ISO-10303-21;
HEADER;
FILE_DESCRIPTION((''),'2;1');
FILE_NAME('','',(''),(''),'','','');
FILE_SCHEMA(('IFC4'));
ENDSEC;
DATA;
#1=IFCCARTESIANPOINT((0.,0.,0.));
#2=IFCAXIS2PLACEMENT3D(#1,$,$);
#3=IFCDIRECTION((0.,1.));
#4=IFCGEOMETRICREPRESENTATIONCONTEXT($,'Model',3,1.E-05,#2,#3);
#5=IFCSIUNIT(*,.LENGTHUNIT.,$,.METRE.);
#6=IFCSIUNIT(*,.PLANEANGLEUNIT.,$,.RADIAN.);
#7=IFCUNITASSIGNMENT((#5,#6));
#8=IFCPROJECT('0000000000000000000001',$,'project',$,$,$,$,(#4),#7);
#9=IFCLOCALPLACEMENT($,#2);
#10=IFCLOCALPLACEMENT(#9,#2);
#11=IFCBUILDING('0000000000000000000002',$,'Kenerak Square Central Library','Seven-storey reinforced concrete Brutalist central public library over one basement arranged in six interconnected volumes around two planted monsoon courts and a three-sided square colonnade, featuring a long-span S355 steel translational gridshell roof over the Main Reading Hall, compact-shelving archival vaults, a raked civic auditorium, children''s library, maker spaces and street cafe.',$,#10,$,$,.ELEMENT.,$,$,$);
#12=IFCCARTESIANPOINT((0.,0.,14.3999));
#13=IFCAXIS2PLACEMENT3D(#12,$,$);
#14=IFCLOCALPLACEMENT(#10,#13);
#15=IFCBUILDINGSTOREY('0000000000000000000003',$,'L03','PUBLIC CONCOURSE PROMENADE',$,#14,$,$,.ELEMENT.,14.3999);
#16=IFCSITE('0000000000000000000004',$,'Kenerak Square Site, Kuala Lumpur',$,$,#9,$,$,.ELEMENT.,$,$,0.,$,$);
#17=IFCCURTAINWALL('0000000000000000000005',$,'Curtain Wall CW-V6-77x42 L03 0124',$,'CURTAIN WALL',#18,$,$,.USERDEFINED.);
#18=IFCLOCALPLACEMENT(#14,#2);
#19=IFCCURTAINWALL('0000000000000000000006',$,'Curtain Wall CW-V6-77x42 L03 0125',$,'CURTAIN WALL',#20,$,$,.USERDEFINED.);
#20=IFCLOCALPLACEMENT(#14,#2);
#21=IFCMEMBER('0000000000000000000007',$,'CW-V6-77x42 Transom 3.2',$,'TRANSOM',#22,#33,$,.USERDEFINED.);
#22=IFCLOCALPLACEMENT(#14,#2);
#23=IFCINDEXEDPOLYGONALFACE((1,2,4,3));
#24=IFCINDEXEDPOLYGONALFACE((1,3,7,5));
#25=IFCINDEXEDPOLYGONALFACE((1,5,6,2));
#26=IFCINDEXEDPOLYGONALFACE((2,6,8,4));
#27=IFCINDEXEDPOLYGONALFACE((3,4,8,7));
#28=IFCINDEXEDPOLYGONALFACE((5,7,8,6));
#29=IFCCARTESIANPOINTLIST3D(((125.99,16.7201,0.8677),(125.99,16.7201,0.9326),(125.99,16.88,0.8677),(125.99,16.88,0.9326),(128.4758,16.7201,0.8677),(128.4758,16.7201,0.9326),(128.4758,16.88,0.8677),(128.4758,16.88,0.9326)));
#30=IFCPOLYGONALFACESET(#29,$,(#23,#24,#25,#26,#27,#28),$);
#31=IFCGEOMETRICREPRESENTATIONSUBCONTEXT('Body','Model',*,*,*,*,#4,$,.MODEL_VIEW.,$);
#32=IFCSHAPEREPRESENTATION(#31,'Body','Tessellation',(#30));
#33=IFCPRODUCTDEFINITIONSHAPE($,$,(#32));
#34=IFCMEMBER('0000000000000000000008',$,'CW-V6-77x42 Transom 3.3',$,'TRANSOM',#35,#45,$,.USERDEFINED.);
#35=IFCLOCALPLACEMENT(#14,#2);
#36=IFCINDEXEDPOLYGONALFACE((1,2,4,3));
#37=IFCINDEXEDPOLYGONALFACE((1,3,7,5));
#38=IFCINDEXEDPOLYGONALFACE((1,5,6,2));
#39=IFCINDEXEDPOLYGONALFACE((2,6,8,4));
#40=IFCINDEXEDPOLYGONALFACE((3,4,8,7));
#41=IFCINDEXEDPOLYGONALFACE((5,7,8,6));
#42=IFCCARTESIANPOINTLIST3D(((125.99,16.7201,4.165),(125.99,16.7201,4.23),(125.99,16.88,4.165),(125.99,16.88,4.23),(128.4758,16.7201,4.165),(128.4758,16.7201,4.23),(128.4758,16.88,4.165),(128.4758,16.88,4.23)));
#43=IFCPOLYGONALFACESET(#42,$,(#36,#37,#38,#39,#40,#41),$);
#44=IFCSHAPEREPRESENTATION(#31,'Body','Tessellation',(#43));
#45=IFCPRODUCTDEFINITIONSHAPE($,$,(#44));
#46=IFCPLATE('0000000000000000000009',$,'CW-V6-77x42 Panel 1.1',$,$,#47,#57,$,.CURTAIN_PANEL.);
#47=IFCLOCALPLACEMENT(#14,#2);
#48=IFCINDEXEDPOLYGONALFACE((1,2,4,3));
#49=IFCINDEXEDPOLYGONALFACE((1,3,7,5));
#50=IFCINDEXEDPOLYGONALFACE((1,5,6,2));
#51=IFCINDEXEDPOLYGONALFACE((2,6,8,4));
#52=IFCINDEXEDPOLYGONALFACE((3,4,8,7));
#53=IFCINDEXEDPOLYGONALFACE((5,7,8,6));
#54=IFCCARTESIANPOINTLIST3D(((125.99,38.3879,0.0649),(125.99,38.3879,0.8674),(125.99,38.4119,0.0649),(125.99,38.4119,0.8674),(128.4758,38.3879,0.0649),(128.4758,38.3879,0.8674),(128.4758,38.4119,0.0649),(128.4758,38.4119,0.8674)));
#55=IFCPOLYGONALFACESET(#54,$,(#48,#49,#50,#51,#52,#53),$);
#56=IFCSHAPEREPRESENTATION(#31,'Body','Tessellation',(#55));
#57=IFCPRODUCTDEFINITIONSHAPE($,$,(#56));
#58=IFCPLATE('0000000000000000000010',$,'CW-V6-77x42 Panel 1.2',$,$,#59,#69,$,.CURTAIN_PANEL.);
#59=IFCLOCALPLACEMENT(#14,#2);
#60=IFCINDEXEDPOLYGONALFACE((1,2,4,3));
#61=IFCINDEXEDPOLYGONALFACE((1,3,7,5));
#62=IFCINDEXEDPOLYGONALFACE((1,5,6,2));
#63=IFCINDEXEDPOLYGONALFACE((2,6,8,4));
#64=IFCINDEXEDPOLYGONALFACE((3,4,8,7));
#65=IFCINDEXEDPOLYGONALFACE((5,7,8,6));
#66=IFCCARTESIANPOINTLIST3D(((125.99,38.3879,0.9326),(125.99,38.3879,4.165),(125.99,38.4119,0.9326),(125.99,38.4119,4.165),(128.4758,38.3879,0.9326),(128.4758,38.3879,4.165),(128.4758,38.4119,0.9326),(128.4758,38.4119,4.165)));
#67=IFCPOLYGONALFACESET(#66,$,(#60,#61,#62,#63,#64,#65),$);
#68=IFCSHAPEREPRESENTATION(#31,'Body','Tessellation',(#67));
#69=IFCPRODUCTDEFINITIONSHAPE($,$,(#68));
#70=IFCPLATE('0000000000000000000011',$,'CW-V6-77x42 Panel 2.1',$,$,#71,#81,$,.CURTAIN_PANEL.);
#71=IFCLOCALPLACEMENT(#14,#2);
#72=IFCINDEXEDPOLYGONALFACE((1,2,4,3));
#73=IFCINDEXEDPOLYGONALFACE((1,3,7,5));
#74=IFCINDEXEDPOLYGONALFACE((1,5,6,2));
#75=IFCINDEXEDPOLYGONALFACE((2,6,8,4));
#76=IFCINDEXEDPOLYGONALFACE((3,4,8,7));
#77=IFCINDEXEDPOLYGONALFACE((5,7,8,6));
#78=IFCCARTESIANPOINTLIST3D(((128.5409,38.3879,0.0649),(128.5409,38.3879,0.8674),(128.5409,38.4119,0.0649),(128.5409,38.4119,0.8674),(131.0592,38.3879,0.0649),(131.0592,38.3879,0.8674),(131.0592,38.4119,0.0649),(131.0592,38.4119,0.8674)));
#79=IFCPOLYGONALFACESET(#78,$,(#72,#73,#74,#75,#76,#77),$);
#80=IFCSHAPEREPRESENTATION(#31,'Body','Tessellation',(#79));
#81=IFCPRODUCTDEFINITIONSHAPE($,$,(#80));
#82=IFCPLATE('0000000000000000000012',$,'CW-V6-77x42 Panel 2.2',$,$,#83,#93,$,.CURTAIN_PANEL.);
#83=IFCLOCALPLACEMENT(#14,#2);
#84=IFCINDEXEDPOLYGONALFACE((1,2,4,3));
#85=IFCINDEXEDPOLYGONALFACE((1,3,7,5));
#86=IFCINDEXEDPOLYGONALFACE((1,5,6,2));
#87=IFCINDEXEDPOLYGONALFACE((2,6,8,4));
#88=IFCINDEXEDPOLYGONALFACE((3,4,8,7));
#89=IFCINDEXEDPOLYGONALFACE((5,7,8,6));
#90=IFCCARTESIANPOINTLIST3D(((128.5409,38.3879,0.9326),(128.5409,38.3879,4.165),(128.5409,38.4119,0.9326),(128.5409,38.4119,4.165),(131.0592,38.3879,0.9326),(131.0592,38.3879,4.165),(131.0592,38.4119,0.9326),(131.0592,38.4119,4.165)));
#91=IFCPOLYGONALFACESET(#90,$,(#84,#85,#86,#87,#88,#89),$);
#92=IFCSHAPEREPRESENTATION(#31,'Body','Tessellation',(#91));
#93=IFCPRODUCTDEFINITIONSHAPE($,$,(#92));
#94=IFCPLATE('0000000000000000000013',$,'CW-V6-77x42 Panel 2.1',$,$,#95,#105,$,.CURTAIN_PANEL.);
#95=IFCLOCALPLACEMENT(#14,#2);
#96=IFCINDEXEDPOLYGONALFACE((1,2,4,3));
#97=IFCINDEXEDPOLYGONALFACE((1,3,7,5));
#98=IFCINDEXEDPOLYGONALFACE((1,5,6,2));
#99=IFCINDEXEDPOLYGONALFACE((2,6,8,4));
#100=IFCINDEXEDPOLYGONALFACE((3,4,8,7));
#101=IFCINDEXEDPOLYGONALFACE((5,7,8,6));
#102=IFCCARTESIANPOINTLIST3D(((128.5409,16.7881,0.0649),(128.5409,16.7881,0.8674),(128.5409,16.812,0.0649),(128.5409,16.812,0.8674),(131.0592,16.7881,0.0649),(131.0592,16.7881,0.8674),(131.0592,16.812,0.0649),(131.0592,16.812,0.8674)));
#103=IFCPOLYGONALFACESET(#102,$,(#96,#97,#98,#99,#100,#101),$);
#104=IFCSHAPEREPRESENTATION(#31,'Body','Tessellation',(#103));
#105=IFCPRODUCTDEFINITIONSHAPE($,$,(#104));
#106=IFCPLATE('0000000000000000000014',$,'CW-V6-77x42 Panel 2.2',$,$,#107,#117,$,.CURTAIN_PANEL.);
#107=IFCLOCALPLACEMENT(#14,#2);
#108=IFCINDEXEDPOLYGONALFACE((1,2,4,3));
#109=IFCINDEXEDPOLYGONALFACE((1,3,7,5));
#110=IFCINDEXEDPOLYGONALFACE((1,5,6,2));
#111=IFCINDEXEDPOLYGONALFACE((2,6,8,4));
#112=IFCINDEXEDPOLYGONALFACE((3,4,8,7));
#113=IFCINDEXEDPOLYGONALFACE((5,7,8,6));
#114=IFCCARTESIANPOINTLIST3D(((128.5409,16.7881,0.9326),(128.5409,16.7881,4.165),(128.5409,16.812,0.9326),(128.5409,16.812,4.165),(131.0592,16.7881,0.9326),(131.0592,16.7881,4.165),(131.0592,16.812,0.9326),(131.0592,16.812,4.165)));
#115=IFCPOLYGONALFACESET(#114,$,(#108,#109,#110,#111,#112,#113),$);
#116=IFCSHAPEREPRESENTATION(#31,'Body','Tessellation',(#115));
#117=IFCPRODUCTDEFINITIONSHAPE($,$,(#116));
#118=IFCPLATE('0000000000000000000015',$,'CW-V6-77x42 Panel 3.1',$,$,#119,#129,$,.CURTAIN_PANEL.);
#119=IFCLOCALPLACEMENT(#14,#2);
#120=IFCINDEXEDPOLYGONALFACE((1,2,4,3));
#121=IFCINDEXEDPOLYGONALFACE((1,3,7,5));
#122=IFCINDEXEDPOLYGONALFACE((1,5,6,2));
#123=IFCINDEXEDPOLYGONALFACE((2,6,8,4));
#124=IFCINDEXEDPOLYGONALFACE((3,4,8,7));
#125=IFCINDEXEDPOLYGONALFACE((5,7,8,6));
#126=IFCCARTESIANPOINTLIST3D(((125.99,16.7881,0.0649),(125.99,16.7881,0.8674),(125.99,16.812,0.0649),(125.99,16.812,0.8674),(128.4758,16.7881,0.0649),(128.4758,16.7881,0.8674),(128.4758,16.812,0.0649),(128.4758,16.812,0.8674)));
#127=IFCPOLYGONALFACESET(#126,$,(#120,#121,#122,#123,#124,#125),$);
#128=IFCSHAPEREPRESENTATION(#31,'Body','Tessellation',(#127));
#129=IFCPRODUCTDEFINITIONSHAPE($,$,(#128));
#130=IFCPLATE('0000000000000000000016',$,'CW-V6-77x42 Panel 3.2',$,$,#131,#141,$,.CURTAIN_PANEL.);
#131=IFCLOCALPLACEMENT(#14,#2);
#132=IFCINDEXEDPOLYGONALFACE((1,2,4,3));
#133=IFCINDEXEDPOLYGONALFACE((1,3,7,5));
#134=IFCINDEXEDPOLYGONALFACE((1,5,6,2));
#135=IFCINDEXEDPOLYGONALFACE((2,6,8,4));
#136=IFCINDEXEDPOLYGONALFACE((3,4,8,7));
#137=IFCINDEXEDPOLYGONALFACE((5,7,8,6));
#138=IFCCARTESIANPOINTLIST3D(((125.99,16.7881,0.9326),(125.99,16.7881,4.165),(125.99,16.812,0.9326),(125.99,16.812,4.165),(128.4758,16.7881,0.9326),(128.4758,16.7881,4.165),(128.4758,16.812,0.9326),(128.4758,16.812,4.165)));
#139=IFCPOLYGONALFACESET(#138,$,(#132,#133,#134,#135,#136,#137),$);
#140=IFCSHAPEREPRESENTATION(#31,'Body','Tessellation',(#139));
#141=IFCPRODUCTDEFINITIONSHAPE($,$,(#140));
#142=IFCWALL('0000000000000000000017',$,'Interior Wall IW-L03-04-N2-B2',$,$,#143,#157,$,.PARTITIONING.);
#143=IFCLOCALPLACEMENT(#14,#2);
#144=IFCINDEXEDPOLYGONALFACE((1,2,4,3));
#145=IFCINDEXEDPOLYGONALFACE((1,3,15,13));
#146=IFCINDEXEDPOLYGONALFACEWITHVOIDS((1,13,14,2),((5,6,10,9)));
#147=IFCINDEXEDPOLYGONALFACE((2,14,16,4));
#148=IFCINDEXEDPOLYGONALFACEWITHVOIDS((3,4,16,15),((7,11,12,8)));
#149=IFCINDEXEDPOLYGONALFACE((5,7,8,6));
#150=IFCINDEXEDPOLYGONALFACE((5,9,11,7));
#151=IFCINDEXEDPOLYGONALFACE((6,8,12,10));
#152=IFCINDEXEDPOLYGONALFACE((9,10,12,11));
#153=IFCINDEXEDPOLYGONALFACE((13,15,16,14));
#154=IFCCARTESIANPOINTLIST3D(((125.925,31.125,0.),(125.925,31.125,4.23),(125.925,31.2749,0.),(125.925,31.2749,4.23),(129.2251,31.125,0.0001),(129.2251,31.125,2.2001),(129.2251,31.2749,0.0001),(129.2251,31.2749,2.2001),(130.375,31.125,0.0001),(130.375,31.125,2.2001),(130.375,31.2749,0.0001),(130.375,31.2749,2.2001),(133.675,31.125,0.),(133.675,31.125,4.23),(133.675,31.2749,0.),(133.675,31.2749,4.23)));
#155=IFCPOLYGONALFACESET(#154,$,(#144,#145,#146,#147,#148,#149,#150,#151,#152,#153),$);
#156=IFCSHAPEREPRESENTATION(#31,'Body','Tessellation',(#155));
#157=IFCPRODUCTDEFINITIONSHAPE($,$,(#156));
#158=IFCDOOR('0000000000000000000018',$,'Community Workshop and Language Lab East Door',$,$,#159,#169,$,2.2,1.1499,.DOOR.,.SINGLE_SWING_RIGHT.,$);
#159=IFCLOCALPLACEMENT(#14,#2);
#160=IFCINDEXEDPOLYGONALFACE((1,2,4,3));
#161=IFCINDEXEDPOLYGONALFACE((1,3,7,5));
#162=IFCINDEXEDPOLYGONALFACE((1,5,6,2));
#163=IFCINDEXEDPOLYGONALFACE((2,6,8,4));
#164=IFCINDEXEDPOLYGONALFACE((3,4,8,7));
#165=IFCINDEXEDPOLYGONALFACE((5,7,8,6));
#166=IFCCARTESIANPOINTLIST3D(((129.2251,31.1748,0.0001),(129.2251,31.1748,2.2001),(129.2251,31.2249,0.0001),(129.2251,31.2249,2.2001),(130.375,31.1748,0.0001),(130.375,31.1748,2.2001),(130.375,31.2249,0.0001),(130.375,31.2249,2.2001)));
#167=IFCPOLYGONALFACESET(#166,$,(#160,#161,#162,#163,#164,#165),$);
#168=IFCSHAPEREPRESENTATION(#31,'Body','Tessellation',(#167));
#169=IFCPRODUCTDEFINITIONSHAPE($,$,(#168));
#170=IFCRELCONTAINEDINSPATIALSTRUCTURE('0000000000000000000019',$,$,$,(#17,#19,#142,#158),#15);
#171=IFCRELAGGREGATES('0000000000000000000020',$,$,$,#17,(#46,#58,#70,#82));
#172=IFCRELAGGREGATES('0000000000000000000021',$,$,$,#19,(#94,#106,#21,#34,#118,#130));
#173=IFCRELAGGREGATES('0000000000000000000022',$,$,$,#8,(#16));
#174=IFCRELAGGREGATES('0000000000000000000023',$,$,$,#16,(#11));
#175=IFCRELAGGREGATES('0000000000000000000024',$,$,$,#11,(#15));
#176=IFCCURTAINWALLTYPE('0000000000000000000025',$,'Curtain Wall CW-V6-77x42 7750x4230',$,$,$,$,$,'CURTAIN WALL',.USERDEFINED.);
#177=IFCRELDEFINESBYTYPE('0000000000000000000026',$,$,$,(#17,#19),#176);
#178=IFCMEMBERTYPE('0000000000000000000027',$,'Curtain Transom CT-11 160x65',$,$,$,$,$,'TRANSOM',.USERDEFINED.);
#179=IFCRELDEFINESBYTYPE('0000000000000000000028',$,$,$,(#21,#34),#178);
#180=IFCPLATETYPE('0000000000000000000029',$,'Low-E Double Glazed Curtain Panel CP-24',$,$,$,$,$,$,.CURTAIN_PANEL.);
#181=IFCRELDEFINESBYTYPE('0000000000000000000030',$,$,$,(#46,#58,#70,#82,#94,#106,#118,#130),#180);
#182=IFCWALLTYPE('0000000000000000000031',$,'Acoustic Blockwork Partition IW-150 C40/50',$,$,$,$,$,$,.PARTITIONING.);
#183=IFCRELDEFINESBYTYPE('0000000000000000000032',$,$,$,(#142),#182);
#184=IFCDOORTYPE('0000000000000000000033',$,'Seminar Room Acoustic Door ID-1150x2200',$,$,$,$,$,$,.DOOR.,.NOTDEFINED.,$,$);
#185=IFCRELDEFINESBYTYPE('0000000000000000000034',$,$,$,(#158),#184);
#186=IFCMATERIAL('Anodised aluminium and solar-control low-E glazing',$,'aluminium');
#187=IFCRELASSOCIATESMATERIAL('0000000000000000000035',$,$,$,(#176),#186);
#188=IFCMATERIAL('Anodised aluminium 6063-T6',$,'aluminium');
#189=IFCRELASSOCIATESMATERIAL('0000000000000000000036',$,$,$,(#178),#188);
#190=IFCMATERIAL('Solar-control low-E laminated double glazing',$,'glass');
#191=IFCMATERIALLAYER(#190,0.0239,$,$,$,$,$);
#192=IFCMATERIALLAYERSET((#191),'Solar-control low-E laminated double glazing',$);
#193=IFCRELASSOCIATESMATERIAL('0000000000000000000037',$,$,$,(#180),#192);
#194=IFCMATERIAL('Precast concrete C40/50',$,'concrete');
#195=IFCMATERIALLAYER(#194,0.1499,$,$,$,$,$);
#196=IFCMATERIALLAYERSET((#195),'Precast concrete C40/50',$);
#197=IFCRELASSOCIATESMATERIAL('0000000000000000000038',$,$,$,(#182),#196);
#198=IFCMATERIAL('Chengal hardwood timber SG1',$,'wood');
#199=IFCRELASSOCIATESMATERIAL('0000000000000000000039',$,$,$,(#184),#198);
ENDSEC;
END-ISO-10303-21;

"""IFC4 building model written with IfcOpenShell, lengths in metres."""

from ifc_helpers import new_model, si_unit, direction, frame, frame_2d, origin, origin_2d, place, context, subcontext, project, spatial, rectangle, extrude, material, layer, layer_set, material_profile, profile_set, type_object, element, fill, aggregate, save


model = new_model("IFC4")

# Units and contexts
model_context = context("Model", 3, precision=1e-05, world=origin(), true_north=direction((0.0, 1.0)))
body_context = subcontext(model_context, "Body", "Model", "MODEL_VIEW")
ifc_project = project(units=[si_unit("LENGTHUNIT", "METRE"), si_unit("PLANEANGLEUNIT", "RADIAN")], contexts=[model_context])

# Site, building, storey
site_placement = place(None, origin())
site = spatial("IfcSite", under=ifc_project, at=site_placement, Name="Kenerak Square Site, Kuala Lumpur", CompositionType="ELEMENT", RefElevation=0.0)
building_placement = place(site_placement, origin())
building = spatial("IfcBuilding", under=site, at=building_placement, Name="Kenerak Square Central Library", Description="Seven-storey reinforced concrete Brutalist central public library over one basement arranged in six interconnected volumes around two planted monsoon courts and a three-sided square colonnade, featuring a long-span S355 steel translational gridshell roof over the Main Reading Hall, compact-shelving archival vaults, a raked civic auditorium, children's library, maker spaces and street cafe.", CompositionType="ELEMENT")
storey_placement = place(building_placement, frame((0.0, 0.0, 14.3999)))
storey = spatial("IfcBuildingStorey", under=building, at=storey_placement, Name="L03", Description="PUBLIC CONCOURSE PROMENADE", CompositionType="ELEMENT", Elevation=14.3999)

# Curtain walls
ifc_material_1 = material(Name="Anodised aluminium and solar-control low-E glazing", Category="aluminium")
curtain_wall_type = type_object("IfcCurtainWallType", Name="Curtain Wall CW-V6-77x42 7750x4230", ElementType="CURTAIN WALL", PredefinedType="USERDEFINED", material=ifc_material_1)
curtain_wall_1_placement = place(storey_placement, origin())
curtain_wall_1 = element("IfcCurtainWall", 1, at=curtain_wall_1_placement, inside=storey, type_object=curtain_wall_type, Name="Curtain Wall CW-V6-77x42 L03 0124", ObjectType="CURTAIN WALL", PredefinedType="USERDEFINED")
ifc_material_2 = material(Name="Anodised aluminium 6063-T6", Category="aluminium")
curtain_wall_2_placement = place(storey_placement, origin())
curtain_wall_2 = element("IfcCurtainWall", 2, at=curtain_wall_2_placement, inside=storey, type_object=curtain_wall_type, Name="Curtain Wall CW-V6-77x42 L03 0125", ObjectType="CURTAIN WALL", PredefinedType="USERDEFINED")

# Members
ifc_material_profile_1 = material_profile(ifc_material_2, rectangle(XDim=0.1599, YDim=0.0649, at=origin_2d()), Name="AL TRANSOM 160x65")
ifc_profile_set_1 = profile_set([ifc_material_profile_1], Name="Anodised aluminium 6063-T6")
member_type_1 = type_object("IfcMemberType", Name="Curtain Transom CT-11 160x65", ElementType="TRANSOM", PredefinedType="USERDEFINED", material=ifc_profile_set_1)
member_1_placement = place(storey_placement, frame((128.4758, 16.8, 0.9001), z_axis=(-1.0, 0.0, 0.0), x_axis=(0.0, -1.0, 0.0)))
member_1 = element("IfcMember", 3, at=member_1_placement, type_object=member_type_1, Name="CW-V6-77x42 Transom 3.2", ObjectType="TRANSOM", PredefinedType="USERDEFINED", context=body_context, shape_type="SweptSolid", body=[
    extrude(rectangle(XDim=0.1599, YDim=0.0649, at=origin_2d()), origin(), (0.0, 0.0, 1.0), 2.4858),
])
member_2_placement = place(storey_placement, frame((128.4758, 16.8, 4.1975), z_axis=(-1.0, 0.0, 0.0), x_axis=(0.0, -1.0, 0.0)))
member_2 = element("IfcMember", 4, at=member_2_placement, type_object=member_type_1, Name="CW-V6-77x42 Transom 3.3", ObjectType="TRANSOM", PredefinedType="USERDEFINED", context=body_context, shape_type="SweptSolid", body=[
    extrude(rectangle(XDim=0.1599, YDim=0.0649, at=origin_2d()), origin(), (0.0, 0.0, 1.0), 2.4858),
])

# Plates
ifc_material_3 = material(Name="Solar-control low-E laminated double glazing", Category="glass")
ifc_layer_1 = layer(ifc_material_3, 0.0239)
ifc_layer_set_1 = layer_set([ifc_layer_1], Name="Solar-control low-E laminated double glazing")
plate_type = type_object("IfcPlateType", Name="Low-E Double Glazed Curtain Panel CP-24", PredefinedType="CURTAIN_PANEL", material=ifc_layer_set_1)
plate_1_placement = place(storey_placement, frame((127.2329, 38.3999, 0.0649), z_axis=(0.0, 0.0, 1.0), x_axis=(1.0, 0.0, 0.0)))
plate_1 = element("IfcPlate", 5, at=plate_1_placement, type_object=plate_type, Name="CW-V6-77x42 Panel 1.1", PredefinedType="CURTAIN_PANEL", context=body_context, shape_type="SweptSolid", body=[
    extrude(rectangle(XDim=2.4858, YDim=0.0239, at=origin_2d()), origin(), (0.0, 0.0, 1.0), 0.8025),
])
plate_2_placement = place(storey_placement, frame((127.2329, 38.3999, 0.9326), z_axis=(0.0, 0.0, 1.0), x_axis=(1.0, 0.0, 0.0)))
plate_2 = element("IfcPlate", 6, at=plate_2_placement, type_object=plate_type, Name="CW-V6-77x42 Panel 1.2", PredefinedType="CURTAIN_PANEL", context=body_context, shape_type="SweptSolid", body=[
    extrude(rectangle(XDim=2.4858, YDim=0.0239, at=origin_2d()), origin(), (0.0, 0.0, 1.0), 3.2324),
])
plate_3_placement = place(storey_placement, frame((129.8, 38.3999, 0.0649), z_axis=(0.0, 0.0, 1.0), x_axis=(1.0, 0.0, 0.0)))
plate_3 = element("IfcPlate", 7, at=plate_3_placement, type_object=plate_type, Name="CW-V6-77x42 Panel 2.1", PredefinedType="CURTAIN_PANEL", context=body_context, shape_type="SweptSolid", body=[
    extrude(rectangle(XDim=2.5183, YDim=0.0239, at=origin_2d()), origin(), (0.0, 0.0, 1.0), 0.8025),
])
plate_4_placement = place(storey_placement, frame((129.8, 38.3999, 0.9326), z_axis=(0.0, 0.0, 1.0), x_axis=(1.0, 0.0, 0.0)))
plate_4 = element("IfcPlate", 8, at=plate_4_placement, type_object=plate_type, Name="CW-V6-77x42 Panel 2.2", PredefinedType="CURTAIN_PANEL", context=body_context, shape_type="SweptSolid", body=[
    extrude(rectangle(XDim=2.5183, YDim=0.0239, at=origin_2d()), origin(), (0.0, 0.0, 1.0), 3.2324),
])
aggregate(curtain_wall_1, [plate_1, plate_2, plate_3, plate_4])
plate_5_placement = place(storey_placement, frame((129.8, 16.8, 0.0649), z_axis=(0.0, 0.0, 1.0), x_axis=(-1.0, 0.0, 0.0)))
plate_5 = element("IfcPlate", 9, at=plate_5_placement, type_object=plate_type, Name="CW-V6-77x42 Panel 2.1", PredefinedType="CURTAIN_PANEL", context=body_context, shape_type="SweptSolid", body=[
    extrude(rectangle(XDim=2.5183, YDim=0.0239, at=origin_2d()), origin(), (0.0, 0.0, 1.0), 0.8025),
])
plate_6_placement = place(storey_placement, frame((129.8, 16.8, 0.9326), z_axis=(0.0, 0.0, 1.0), x_axis=(-1.0, 0.0, 0.0)))
plate_6 = element("IfcPlate", 10, at=plate_6_placement, type_object=plate_type, Name="CW-V6-77x42 Panel 2.2", PredefinedType="CURTAIN_PANEL", context=body_context, shape_type="SweptSolid", body=[
    extrude(rectangle(XDim=2.5183, YDim=0.0239, at=origin_2d()), origin(), (0.0, 0.0, 1.0), 3.2324),
])
plate_7_placement = place(storey_placement, frame((127.2329, 16.8, 0.0649), z_axis=(0.0, 0.0, 1.0), x_axis=(-1.0, 0.0, 0.0)))
plate_7 = element("IfcPlate", 11, at=plate_7_placement, type_object=plate_type, Name="CW-V6-77x42 Panel 3.1", PredefinedType="CURTAIN_PANEL", context=body_context, shape_type="SweptSolid", body=[
    extrude(rectangle(XDim=2.4858, YDim=0.0239, at=origin_2d()), origin(), (0.0, 0.0, 1.0), 0.8025),
])
plate_8_placement = place(storey_placement, frame((127.2329, 16.8, 0.9326), z_axis=(0.0, 0.0, 1.0), x_axis=(-1.0, 0.0, 0.0)))
plate_8 = element("IfcPlate", 12, at=plate_8_placement, type_object=plate_type, Name="CW-V6-77x42 Panel 3.2", PredefinedType="CURTAIN_PANEL", context=body_context, shape_type="SweptSolid", body=[
    extrude(rectangle(XDim=2.4858, YDim=0.0239, at=origin_2d()), origin(), (0.0, 0.0, 1.0), 3.2324),
])
aggregate(curtain_wall_2, [plate_5, plate_6, member_1, member_2, plate_7, plate_8])

# Wall, opening, door
ifc_material_4 = material(Name="Precast concrete C40/50", Category="concrete")
ifc_layer_2 = layer(ifc_material_4, 0.1499)
ifc_layer_set_2 = layer_set([ifc_layer_2], Name="Precast concrete C40/50")
wall_type = type_object("IfcWallType", Name="Acoustic Blockwork Partition IW-150 C40/50", PredefinedType="PARTITIONING", material=ifc_layer_set_2)
wall_placement = place(storey_placement, frame((125.925, 31.2, 0.0), z_axis=(0.0, 0.0, 1.0), x_axis=(1.0, 0.0, 0.0)))
wall = element("IfcWall", 13, at=wall_placement, inside=storey, type_object=wall_type, Name="Interior Wall IW-L03-04-N2-B2", PredefinedType="PARTITIONING", context=body_context, shape_type="SweptSolid", body=[
    extrude(rectangle(XDim=7.75, YDim=0.1499, at=frame_2d((3.875, 0.0))), origin(), (0.0, 0.0, 1.0), 4.23),
])
opening_placement = place(wall_placement, frame((3.3, 0.0, 0.0)))
opening = element("IfcOpeningElement", 14, at=opening_placement, cuts=wall, PredefinedType="OPENING", context=body_context, shape_type="SweptSolid", body=[
    extrude(rectangle(XDim=1.1499, YDim=2.2, at=frame_2d((0.575, 1.1001))), frame((0.0, 0.085, 0.0), z_axis=(0.0, -1.0, 0.0), x_axis=(1.0, 0.0, 0.0)), (0.0, 0.0, 1.0), 0.1699),
])
ifc_material_5 = material(Name="Chengal hardwood timber SG1", Category="wood")
door_type = type_object("IfcDoorType", Name="Seminar Room Acoustic Door ID-1150x2200", OperationType="NOTDEFINED", PredefinedType="DOOR", material=ifc_material_5)
door_placement = place(opening_placement, origin())
door = element("IfcDoor", 15, at=door_placement, inside=storey, type_object=door_type, Name="Community Workshop and Language Lab East Door", OperationType="SINGLE_SWING_RIGHT", OverallHeight=2.2, OverallWidth=1.1499, PredefinedType="DOOR", context=body_context, shape_type="SweptSolid", body=[
    extrude(rectangle(XDim=1.1499, YDim=2.2, at=frame_2d((0.575, 1.1001))), frame((0.0, 0.0249, 0.0), z_axis=(0.0, -1.0, 0.0), x_axis=(1.0, 0.0, 0.0)), (0.0, 0.0, 1.0), 0.05),
])
fill(opening, door)

save(model, "model.ifc")
